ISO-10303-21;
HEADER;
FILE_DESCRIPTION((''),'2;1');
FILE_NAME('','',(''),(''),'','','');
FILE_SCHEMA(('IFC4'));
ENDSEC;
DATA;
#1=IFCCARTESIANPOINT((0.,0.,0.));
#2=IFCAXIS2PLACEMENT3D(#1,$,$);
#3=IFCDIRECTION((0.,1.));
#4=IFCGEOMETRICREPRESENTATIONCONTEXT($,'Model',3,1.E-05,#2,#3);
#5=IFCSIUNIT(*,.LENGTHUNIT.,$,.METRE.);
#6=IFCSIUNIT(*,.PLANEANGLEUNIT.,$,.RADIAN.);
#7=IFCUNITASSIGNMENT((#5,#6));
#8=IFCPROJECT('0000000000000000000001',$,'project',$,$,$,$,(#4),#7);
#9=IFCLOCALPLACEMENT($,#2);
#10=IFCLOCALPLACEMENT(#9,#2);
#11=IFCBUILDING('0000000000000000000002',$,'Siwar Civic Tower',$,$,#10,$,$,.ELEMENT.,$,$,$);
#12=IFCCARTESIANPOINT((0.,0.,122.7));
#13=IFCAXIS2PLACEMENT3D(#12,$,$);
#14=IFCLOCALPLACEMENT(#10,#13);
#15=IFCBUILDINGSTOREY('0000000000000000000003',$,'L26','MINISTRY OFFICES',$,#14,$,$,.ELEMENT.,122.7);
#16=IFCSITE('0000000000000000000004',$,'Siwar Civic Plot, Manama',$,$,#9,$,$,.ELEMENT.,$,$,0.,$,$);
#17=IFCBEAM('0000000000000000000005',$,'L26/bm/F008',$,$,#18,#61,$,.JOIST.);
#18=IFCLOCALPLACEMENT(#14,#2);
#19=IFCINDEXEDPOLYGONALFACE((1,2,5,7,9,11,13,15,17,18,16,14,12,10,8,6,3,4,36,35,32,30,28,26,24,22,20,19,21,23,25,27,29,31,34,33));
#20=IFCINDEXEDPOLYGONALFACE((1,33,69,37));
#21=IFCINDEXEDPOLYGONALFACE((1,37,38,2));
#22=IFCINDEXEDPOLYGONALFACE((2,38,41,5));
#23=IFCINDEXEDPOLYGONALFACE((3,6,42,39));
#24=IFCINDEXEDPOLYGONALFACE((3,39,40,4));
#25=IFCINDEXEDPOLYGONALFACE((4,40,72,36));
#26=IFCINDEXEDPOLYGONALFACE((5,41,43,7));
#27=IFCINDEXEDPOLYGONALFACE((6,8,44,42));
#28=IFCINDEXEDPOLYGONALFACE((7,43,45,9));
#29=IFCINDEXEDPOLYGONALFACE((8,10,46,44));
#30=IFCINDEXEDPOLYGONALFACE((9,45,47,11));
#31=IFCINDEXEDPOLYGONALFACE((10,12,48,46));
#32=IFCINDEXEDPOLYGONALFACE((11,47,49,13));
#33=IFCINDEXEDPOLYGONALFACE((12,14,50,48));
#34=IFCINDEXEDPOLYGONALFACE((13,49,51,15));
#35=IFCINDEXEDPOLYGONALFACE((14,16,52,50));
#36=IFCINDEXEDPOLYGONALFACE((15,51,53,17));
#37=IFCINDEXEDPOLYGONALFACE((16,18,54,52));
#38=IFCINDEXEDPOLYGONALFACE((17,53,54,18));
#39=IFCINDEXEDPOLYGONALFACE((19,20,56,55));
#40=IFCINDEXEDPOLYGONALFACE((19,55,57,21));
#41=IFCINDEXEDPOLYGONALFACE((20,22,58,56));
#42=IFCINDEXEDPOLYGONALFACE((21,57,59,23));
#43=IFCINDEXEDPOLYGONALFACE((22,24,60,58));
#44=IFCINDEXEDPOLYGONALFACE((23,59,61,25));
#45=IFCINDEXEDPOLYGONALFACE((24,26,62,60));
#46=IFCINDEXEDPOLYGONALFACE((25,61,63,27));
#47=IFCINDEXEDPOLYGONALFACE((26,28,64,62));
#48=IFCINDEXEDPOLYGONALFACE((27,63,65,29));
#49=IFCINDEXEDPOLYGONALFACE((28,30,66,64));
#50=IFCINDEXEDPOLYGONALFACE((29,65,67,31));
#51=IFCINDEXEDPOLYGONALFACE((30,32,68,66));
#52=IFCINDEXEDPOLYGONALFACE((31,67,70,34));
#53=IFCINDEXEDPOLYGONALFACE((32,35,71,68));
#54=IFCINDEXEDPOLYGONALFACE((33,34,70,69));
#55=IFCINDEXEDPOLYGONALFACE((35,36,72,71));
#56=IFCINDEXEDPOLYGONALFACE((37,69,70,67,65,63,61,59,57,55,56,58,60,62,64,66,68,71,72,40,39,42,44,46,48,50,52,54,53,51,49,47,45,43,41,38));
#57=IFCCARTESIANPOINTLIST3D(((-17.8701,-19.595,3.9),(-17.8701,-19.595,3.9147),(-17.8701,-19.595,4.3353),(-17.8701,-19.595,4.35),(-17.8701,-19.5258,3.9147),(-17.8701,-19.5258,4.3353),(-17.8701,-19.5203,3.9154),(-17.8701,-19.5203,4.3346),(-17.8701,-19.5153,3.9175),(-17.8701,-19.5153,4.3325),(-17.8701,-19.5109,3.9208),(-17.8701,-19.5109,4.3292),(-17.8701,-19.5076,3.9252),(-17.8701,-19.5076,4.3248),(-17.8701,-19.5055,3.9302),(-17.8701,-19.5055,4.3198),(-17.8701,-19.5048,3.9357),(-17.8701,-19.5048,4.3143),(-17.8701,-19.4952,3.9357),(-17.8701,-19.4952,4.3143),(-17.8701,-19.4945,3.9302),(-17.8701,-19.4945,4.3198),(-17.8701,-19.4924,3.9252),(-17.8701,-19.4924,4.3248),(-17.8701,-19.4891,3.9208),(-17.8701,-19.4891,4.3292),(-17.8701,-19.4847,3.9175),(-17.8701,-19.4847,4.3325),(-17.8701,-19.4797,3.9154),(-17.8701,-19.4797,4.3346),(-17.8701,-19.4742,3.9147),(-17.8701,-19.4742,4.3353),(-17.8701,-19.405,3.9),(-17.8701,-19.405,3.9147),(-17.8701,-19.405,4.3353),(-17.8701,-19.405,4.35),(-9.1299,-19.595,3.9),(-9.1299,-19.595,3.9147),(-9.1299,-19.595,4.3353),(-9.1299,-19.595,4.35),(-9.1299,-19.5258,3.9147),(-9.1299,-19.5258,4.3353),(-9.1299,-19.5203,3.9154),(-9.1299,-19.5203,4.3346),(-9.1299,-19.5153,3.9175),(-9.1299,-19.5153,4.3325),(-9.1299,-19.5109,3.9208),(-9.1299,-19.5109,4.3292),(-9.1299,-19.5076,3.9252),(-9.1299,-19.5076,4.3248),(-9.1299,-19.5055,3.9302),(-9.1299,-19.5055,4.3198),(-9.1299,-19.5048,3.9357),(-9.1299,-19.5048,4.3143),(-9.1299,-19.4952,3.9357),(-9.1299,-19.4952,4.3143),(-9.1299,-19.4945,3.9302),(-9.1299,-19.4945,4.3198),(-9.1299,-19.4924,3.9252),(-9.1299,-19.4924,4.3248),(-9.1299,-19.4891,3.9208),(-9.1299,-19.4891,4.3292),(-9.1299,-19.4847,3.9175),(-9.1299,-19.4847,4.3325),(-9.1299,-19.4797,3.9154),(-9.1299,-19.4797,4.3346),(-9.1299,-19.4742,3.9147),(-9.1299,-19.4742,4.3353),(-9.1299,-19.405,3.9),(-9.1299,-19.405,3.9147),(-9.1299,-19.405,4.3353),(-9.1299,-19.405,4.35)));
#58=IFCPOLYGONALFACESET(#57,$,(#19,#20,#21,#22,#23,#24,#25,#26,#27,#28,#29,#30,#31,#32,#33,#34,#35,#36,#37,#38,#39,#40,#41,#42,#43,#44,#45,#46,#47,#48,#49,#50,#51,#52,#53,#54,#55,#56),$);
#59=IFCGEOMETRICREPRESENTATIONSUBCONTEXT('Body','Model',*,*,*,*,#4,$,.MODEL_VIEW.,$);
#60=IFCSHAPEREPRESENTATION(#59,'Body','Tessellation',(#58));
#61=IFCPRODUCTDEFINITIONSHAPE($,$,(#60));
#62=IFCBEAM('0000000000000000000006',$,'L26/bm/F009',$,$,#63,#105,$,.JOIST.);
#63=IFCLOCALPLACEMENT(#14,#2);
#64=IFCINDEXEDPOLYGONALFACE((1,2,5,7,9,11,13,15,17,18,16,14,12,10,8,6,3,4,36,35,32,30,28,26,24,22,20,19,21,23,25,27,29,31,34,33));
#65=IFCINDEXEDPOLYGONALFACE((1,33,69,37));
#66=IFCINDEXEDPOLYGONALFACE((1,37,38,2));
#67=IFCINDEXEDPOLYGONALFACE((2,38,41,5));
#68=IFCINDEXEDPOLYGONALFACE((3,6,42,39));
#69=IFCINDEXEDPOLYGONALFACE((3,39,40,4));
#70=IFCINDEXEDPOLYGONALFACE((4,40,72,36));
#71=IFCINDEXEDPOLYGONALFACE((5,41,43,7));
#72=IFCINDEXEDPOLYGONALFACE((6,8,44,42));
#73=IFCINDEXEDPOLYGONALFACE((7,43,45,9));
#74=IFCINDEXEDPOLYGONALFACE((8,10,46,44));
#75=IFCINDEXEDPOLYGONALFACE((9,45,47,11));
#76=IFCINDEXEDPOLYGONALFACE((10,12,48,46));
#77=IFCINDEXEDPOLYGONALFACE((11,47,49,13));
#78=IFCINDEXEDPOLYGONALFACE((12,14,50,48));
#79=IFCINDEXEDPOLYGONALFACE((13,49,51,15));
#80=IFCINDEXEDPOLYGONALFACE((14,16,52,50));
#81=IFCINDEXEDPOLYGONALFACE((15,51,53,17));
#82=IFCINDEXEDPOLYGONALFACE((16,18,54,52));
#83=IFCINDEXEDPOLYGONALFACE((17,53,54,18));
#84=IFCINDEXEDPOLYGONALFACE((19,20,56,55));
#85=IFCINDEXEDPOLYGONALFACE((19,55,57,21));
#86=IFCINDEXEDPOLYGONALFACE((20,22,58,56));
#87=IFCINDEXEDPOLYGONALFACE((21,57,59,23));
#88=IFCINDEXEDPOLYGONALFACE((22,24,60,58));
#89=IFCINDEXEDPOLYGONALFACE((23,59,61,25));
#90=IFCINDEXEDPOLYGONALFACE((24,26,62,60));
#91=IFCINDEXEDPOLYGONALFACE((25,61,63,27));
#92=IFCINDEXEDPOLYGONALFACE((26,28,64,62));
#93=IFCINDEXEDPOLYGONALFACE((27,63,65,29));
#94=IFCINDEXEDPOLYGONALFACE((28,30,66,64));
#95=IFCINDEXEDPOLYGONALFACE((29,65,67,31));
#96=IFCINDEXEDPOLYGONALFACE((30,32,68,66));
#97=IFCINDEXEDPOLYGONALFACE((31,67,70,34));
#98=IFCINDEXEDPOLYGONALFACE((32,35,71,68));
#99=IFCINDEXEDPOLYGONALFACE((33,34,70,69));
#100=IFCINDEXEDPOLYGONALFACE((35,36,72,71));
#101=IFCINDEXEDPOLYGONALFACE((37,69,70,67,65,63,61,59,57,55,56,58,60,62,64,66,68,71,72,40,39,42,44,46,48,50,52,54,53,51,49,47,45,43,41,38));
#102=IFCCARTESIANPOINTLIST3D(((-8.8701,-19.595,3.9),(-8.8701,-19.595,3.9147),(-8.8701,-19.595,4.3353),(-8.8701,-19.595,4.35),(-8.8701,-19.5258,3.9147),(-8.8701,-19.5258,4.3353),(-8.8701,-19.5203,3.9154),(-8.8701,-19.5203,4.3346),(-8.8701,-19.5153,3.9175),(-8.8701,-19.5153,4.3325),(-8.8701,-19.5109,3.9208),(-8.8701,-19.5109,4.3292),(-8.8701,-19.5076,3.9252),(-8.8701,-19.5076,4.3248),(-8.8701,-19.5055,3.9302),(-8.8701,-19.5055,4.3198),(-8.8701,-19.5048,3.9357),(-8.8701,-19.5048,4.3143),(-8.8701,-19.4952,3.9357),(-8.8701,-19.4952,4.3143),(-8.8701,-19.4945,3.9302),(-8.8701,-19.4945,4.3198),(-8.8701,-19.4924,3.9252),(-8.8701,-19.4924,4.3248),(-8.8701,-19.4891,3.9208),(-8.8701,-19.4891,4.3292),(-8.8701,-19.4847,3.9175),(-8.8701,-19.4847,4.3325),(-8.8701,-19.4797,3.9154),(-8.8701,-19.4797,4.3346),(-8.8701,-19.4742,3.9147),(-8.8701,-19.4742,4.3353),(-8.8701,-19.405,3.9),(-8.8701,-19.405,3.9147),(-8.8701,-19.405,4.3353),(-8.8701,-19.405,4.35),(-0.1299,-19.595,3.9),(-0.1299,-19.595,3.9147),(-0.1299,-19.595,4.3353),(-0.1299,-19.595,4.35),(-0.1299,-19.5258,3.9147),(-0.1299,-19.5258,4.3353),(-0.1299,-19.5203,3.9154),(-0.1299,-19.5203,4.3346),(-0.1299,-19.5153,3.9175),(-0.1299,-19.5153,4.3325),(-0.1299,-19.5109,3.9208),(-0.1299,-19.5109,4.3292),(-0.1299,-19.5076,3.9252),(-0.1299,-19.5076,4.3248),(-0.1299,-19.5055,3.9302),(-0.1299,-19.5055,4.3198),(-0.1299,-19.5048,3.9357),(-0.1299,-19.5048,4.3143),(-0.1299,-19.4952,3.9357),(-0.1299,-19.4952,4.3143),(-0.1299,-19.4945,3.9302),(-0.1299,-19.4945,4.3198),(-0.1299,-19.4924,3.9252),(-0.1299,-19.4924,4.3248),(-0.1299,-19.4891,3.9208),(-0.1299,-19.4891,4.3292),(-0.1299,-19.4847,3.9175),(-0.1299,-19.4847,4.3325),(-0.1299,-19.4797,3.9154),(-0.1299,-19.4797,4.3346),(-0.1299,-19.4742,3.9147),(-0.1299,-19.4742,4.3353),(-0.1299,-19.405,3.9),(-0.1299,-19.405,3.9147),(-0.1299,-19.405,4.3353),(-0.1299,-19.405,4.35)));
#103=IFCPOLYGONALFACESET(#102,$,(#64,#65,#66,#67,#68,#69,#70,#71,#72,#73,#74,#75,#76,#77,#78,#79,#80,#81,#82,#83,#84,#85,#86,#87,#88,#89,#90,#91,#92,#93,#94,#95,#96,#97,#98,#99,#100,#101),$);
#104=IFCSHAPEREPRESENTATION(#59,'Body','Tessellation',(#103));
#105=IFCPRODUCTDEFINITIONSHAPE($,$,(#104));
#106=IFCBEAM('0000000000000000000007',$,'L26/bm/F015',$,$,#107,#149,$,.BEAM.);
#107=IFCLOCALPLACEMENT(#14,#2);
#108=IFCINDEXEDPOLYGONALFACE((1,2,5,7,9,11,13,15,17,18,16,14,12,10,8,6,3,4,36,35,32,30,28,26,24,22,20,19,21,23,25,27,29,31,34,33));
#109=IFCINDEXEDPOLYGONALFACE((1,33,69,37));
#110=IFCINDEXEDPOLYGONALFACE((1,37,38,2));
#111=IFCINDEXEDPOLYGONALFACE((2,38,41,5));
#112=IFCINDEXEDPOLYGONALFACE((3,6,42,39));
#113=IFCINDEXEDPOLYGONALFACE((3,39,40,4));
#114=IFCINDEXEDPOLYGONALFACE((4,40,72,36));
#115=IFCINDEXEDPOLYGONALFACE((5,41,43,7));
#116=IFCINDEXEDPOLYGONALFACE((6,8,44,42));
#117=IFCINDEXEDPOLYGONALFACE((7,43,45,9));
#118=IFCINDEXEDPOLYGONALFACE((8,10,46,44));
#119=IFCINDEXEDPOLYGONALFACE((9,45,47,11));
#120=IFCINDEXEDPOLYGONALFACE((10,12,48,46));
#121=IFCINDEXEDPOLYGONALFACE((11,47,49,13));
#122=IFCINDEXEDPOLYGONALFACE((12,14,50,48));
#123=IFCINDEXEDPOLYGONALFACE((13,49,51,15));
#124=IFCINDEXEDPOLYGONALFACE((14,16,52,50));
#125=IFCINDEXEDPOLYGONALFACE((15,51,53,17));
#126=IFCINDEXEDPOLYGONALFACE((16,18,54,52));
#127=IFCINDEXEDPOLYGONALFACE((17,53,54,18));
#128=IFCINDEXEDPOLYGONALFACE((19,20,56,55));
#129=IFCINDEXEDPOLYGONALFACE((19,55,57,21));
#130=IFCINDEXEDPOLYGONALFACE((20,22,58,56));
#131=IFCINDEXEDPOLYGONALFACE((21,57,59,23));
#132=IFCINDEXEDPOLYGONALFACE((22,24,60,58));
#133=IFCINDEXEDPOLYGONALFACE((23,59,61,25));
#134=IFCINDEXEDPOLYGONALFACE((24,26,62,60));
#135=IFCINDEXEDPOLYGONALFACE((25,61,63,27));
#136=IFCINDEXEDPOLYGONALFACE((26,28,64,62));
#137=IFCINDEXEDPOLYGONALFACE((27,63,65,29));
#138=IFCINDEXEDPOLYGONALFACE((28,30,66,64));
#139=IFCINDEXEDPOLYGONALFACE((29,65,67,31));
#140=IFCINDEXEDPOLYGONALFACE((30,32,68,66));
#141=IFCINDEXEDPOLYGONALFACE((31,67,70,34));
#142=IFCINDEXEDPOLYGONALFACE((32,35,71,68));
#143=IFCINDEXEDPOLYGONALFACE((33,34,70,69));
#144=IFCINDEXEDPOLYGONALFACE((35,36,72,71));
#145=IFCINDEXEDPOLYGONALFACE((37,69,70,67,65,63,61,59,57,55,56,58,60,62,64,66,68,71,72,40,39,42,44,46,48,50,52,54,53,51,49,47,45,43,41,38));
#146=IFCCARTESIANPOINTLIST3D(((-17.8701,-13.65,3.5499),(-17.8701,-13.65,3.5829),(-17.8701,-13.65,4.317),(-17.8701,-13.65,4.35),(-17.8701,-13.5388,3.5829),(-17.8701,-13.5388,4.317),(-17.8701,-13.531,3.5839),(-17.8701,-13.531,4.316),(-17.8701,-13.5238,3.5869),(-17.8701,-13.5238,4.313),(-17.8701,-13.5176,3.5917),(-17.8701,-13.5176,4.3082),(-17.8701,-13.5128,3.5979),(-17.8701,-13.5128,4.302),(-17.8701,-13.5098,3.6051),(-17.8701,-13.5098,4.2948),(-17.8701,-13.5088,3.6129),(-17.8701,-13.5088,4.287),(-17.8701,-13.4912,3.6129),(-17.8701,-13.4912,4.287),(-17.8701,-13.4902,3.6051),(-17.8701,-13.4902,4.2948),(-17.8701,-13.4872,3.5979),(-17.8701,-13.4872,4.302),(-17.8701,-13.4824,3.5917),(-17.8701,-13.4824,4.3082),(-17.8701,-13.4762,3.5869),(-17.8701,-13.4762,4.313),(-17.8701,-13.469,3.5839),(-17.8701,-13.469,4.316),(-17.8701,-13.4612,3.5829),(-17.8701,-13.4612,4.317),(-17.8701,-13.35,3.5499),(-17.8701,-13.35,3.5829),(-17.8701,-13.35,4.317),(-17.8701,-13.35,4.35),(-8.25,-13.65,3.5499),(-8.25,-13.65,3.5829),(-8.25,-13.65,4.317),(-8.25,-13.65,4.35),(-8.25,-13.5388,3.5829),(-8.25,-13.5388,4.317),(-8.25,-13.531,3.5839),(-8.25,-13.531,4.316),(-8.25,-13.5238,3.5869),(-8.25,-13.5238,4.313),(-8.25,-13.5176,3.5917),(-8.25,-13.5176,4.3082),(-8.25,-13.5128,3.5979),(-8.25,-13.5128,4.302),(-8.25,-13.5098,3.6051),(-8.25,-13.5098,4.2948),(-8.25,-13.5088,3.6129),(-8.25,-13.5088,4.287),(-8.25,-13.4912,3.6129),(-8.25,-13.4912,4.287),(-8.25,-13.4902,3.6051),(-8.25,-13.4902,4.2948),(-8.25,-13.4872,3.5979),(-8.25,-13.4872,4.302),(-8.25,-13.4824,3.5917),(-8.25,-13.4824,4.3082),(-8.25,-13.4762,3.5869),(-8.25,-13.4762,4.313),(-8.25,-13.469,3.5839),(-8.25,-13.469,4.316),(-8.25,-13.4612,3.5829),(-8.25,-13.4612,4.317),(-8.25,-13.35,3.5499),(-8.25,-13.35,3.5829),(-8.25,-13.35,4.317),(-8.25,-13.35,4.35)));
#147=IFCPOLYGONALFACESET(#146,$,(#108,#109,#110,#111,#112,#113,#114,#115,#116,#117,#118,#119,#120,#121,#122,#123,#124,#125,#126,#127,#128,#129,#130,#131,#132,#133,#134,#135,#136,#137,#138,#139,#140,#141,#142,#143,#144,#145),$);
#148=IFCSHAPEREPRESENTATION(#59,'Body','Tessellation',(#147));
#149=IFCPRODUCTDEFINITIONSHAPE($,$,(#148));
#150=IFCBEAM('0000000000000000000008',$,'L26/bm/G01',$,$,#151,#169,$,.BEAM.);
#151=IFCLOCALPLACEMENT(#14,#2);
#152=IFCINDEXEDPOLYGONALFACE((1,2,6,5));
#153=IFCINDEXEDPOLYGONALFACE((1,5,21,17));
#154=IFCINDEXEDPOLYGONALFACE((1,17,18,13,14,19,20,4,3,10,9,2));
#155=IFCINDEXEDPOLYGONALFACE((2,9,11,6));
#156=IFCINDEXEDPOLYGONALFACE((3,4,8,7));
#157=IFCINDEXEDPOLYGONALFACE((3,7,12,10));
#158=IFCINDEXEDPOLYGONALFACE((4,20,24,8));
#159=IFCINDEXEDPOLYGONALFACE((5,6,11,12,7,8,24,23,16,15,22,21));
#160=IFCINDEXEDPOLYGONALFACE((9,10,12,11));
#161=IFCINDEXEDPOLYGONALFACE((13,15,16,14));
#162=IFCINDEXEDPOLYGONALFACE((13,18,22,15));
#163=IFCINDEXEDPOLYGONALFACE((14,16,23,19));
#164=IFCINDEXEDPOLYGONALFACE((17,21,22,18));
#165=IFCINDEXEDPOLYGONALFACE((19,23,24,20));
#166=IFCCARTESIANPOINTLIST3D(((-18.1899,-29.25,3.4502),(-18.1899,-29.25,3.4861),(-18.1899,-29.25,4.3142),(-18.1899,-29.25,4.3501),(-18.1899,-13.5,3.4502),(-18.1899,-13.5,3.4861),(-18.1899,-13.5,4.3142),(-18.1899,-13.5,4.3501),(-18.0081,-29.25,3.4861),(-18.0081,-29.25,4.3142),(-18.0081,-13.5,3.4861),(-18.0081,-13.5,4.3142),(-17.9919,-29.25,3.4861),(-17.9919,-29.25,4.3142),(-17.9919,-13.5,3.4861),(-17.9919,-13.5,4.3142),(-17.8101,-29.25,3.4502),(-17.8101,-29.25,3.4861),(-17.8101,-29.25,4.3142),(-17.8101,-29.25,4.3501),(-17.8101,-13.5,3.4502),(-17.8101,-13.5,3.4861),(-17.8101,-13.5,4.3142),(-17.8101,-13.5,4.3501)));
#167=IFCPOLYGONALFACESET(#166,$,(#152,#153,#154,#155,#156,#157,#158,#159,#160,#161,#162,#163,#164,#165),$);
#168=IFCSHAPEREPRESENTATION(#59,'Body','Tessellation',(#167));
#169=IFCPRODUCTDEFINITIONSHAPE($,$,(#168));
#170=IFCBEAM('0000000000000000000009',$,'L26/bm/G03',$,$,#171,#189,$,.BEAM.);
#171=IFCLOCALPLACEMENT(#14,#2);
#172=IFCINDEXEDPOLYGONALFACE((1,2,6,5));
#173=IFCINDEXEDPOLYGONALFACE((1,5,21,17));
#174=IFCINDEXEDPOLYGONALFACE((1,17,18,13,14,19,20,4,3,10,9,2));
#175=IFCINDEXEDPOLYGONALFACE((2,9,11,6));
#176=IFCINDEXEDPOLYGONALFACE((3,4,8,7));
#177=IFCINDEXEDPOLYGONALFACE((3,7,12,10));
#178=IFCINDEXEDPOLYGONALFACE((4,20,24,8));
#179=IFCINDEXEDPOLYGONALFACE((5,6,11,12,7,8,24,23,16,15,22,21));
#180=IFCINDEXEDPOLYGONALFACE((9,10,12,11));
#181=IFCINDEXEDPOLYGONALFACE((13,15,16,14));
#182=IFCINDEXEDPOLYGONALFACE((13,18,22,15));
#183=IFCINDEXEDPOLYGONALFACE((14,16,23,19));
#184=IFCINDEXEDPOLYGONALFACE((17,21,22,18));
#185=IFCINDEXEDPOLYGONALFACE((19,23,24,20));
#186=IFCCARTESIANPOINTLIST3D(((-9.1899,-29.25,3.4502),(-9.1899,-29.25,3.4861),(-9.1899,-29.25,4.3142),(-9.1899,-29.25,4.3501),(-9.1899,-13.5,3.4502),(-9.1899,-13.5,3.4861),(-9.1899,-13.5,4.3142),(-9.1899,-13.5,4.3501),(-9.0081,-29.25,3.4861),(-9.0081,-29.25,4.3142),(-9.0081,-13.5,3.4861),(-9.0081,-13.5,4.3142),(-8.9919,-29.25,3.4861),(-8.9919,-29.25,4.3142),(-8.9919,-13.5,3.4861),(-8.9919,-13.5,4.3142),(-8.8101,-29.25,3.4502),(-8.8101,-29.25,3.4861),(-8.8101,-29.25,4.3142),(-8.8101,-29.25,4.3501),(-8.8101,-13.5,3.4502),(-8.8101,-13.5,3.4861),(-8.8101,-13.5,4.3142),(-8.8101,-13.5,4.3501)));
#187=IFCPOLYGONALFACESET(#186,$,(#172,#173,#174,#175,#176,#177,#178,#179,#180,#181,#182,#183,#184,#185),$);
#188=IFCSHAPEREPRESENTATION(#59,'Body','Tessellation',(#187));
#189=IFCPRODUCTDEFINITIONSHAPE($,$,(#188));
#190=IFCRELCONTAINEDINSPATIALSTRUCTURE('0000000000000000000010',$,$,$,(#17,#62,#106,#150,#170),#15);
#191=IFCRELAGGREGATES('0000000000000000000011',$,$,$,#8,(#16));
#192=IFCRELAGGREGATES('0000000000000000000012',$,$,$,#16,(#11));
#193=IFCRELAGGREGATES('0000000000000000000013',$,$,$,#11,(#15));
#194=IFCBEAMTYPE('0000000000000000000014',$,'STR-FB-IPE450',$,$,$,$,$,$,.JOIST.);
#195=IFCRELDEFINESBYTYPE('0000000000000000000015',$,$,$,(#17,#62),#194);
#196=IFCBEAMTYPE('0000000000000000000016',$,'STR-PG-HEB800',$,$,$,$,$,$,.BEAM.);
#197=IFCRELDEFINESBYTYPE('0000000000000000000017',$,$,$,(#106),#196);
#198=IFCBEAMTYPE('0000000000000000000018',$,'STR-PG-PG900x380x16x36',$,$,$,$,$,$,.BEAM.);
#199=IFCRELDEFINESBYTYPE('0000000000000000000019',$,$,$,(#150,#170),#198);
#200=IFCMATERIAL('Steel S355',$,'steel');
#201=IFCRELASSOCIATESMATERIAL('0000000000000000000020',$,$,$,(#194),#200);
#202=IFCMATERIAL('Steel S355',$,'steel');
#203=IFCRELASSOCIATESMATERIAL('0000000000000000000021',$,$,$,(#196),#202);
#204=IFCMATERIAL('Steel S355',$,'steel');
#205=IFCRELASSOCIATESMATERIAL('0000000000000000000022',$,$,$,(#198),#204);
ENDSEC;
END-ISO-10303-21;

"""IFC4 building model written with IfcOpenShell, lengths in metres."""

from ifc_helpers import new_model, si_unit, direction, frame, origin, origin_2d, place, context, subcontext, project, spatial, i_section, extrude, material, material_profile, profile_set, type_object, element, save


model = new_model("IFC4")

# Units and contexts
model_context = context("Model", 3, precision=1e-05, world=origin(), true_north=direction((0.0, 1.0)))
body_context = subcontext(model_context, "Body", "Model", "MODEL_VIEW")
ifc_project = project(units=[si_unit("LENGTHUNIT", "METRE"), si_unit("PLANEANGLEUNIT", "RADIAN")], contexts=[model_context])

# Site, building, storey
site_placement = place(None, origin())
site = spatial("IfcSite", under=ifc_project, at=site_placement, Name="Siwar Civic Plot, Manama", CompositionType="ELEMENT", RefElevation=0.0)
building_placement = place(site_placement, origin())
building = spatial("IfcBuilding", under=site, at=building_placement, Name="Siwar Civic Tower", CompositionType="ELEMENT")
storey_placement = place(building_placement, frame((0.0, 0.0, 122.7)))
storey = spatial("IfcBuildingStorey", under=building, at=storey_placement, Name="L26", Description="MINISTRY OFFICES", CompositionType="ELEMENT", Elevation=122.7)

# Beams
ifc_material_1 = material(Name="Steel S355", Category="steel")
ifc_material_profile_1 = material_profile(ifc_material_1, i_section(OverallWidth=0.1899, OverallDepth=0.45, WebThickness=0.0095, FlangeThickness=0.0146, FilletRadius=0.021, at=origin_2d()), Name="IPE450")
ifc_profile_set_1 = profile_set([ifc_material_profile_1], Name="Steel S355")
beam_type_1 = type_object("IfcBeamType", Name="STR-FB-IPE450", PredefinedType="JOIST", material=ifc_profile_set_1)
for number, where, z_axis, x_axis, name in (
    (1, (-17.8701, -19.5, 4.125), (1.0, 0.0, 0.0), (0.0, 1.0, 0.0), "L26/bm/F008"),
    (2, (-8.8701, -19.5, 4.125), (1.0, 0.0, 0.0), (0.0, 1.0, 0.0), "L26/bm/F009"),
):
    element("IfcBeam", number, at=place(storey_placement, frame(where, z_axis=z_axis, x_axis=x_axis)), inside=storey, type_object=beam_type_1, Name=name, PredefinedType="JOIST", context=body_context, shape_type="SweptSolid", body=[
        extrude(i_section(OverallWidth=0.1899, OverallDepth=0.45, WebThickness=0.0095, FlangeThickness=0.0146, FilletRadius=0.021, at=origin_2d()), origin(), (0.0, 0.0, 1.0), 8.7402),
    ])
ifc_material_2 = material(Name="Steel S355", Category="steel")
ifc_material_profile_2 = material_profile(ifc_material_2, i_section(OverallWidth=0.3, OverallDepth=0.8, WebThickness=0.0176, FlangeThickness=0.033, FilletRadius=0.03, at=origin_2d()), Name="HEB800")
ifc_profile_set_2 = profile_set([ifc_material_profile_2], Name="Steel S355")
beam_type_2 = type_object("IfcBeamType", Name="STR-PG-HEB800", PredefinedType="BEAM", material=ifc_profile_set_2)
beam_1_placement = place(storey_placement, frame((-17.8701, -13.5, 3.95), z_axis=(1.0, 0.0, 0.0), x_axis=(0.0, 1.0, 0.0)))
element("IfcBeam", 3, at=beam_1_placement, inside=storey, type_object=beam_type_2, Name="L26/bm/F015", PredefinedType="BEAM", context=body_context, shape_type="SweptSolid", body=[
    extrude(i_section(OverallWidth=0.3, OverallDepth=0.8, WebThickness=0.0176, FlangeThickness=0.033, FilletRadius=0.03, at=origin_2d()), origin(), (0.0, 0.0, 1.0), 9.6201),
])
ifc_material_3 = material(Name="Steel S355", Category="steel")
ifc_material_profile_3 = material_profile(ifc_material_3, i_section(OverallWidth=0.3799, OverallDepth=0.8999, WebThickness=0.0161, FlangeThickness=0.0359, at=origin_2d()), Name="PG900x380x16x36")
ifc_profile_set_3 = profile_set([ifc_material_profile_3], Name="Steel S355")
beam_type_3 = type_object("IfcBeamType", Name="STR-PG-PG900x380x16x36", PredefinedType="BEAM", material=ifc_profile_set_3)
for number, where, z_axis, x_axis, name in (
    (4, (-18.0, -29.25, 3.9001), (0.0, 1.0, 0.0), (-1.0, 0.0, 0.0), "L26/bm/G01"),
    (5, (-9.0, -29.25, 3.9001), (0.0, 1.0, 0.0), (-1.0, 0.0, 0.0), "L26/bm/G03"),
):
    element("IfcBeam", number, at=place(storey_placement, frame(where, z_axis=z_axis, x_axis=x_axis)), inside=storey, type_object=beam_type_3, Name=name, PredefinedType="BEAM", context=body_context, shape_type="SweptSolid", body=[
        extrude(i_section(OverallWidth=0.3799, OverallDepth=0.8999, WebThickness=0.0161, FlangeThickness=0.0359, at=origin_2d()), origin(), (0.0, 0.0, 1.0), 15.75),
    ])

save(model, "model.ifc")
